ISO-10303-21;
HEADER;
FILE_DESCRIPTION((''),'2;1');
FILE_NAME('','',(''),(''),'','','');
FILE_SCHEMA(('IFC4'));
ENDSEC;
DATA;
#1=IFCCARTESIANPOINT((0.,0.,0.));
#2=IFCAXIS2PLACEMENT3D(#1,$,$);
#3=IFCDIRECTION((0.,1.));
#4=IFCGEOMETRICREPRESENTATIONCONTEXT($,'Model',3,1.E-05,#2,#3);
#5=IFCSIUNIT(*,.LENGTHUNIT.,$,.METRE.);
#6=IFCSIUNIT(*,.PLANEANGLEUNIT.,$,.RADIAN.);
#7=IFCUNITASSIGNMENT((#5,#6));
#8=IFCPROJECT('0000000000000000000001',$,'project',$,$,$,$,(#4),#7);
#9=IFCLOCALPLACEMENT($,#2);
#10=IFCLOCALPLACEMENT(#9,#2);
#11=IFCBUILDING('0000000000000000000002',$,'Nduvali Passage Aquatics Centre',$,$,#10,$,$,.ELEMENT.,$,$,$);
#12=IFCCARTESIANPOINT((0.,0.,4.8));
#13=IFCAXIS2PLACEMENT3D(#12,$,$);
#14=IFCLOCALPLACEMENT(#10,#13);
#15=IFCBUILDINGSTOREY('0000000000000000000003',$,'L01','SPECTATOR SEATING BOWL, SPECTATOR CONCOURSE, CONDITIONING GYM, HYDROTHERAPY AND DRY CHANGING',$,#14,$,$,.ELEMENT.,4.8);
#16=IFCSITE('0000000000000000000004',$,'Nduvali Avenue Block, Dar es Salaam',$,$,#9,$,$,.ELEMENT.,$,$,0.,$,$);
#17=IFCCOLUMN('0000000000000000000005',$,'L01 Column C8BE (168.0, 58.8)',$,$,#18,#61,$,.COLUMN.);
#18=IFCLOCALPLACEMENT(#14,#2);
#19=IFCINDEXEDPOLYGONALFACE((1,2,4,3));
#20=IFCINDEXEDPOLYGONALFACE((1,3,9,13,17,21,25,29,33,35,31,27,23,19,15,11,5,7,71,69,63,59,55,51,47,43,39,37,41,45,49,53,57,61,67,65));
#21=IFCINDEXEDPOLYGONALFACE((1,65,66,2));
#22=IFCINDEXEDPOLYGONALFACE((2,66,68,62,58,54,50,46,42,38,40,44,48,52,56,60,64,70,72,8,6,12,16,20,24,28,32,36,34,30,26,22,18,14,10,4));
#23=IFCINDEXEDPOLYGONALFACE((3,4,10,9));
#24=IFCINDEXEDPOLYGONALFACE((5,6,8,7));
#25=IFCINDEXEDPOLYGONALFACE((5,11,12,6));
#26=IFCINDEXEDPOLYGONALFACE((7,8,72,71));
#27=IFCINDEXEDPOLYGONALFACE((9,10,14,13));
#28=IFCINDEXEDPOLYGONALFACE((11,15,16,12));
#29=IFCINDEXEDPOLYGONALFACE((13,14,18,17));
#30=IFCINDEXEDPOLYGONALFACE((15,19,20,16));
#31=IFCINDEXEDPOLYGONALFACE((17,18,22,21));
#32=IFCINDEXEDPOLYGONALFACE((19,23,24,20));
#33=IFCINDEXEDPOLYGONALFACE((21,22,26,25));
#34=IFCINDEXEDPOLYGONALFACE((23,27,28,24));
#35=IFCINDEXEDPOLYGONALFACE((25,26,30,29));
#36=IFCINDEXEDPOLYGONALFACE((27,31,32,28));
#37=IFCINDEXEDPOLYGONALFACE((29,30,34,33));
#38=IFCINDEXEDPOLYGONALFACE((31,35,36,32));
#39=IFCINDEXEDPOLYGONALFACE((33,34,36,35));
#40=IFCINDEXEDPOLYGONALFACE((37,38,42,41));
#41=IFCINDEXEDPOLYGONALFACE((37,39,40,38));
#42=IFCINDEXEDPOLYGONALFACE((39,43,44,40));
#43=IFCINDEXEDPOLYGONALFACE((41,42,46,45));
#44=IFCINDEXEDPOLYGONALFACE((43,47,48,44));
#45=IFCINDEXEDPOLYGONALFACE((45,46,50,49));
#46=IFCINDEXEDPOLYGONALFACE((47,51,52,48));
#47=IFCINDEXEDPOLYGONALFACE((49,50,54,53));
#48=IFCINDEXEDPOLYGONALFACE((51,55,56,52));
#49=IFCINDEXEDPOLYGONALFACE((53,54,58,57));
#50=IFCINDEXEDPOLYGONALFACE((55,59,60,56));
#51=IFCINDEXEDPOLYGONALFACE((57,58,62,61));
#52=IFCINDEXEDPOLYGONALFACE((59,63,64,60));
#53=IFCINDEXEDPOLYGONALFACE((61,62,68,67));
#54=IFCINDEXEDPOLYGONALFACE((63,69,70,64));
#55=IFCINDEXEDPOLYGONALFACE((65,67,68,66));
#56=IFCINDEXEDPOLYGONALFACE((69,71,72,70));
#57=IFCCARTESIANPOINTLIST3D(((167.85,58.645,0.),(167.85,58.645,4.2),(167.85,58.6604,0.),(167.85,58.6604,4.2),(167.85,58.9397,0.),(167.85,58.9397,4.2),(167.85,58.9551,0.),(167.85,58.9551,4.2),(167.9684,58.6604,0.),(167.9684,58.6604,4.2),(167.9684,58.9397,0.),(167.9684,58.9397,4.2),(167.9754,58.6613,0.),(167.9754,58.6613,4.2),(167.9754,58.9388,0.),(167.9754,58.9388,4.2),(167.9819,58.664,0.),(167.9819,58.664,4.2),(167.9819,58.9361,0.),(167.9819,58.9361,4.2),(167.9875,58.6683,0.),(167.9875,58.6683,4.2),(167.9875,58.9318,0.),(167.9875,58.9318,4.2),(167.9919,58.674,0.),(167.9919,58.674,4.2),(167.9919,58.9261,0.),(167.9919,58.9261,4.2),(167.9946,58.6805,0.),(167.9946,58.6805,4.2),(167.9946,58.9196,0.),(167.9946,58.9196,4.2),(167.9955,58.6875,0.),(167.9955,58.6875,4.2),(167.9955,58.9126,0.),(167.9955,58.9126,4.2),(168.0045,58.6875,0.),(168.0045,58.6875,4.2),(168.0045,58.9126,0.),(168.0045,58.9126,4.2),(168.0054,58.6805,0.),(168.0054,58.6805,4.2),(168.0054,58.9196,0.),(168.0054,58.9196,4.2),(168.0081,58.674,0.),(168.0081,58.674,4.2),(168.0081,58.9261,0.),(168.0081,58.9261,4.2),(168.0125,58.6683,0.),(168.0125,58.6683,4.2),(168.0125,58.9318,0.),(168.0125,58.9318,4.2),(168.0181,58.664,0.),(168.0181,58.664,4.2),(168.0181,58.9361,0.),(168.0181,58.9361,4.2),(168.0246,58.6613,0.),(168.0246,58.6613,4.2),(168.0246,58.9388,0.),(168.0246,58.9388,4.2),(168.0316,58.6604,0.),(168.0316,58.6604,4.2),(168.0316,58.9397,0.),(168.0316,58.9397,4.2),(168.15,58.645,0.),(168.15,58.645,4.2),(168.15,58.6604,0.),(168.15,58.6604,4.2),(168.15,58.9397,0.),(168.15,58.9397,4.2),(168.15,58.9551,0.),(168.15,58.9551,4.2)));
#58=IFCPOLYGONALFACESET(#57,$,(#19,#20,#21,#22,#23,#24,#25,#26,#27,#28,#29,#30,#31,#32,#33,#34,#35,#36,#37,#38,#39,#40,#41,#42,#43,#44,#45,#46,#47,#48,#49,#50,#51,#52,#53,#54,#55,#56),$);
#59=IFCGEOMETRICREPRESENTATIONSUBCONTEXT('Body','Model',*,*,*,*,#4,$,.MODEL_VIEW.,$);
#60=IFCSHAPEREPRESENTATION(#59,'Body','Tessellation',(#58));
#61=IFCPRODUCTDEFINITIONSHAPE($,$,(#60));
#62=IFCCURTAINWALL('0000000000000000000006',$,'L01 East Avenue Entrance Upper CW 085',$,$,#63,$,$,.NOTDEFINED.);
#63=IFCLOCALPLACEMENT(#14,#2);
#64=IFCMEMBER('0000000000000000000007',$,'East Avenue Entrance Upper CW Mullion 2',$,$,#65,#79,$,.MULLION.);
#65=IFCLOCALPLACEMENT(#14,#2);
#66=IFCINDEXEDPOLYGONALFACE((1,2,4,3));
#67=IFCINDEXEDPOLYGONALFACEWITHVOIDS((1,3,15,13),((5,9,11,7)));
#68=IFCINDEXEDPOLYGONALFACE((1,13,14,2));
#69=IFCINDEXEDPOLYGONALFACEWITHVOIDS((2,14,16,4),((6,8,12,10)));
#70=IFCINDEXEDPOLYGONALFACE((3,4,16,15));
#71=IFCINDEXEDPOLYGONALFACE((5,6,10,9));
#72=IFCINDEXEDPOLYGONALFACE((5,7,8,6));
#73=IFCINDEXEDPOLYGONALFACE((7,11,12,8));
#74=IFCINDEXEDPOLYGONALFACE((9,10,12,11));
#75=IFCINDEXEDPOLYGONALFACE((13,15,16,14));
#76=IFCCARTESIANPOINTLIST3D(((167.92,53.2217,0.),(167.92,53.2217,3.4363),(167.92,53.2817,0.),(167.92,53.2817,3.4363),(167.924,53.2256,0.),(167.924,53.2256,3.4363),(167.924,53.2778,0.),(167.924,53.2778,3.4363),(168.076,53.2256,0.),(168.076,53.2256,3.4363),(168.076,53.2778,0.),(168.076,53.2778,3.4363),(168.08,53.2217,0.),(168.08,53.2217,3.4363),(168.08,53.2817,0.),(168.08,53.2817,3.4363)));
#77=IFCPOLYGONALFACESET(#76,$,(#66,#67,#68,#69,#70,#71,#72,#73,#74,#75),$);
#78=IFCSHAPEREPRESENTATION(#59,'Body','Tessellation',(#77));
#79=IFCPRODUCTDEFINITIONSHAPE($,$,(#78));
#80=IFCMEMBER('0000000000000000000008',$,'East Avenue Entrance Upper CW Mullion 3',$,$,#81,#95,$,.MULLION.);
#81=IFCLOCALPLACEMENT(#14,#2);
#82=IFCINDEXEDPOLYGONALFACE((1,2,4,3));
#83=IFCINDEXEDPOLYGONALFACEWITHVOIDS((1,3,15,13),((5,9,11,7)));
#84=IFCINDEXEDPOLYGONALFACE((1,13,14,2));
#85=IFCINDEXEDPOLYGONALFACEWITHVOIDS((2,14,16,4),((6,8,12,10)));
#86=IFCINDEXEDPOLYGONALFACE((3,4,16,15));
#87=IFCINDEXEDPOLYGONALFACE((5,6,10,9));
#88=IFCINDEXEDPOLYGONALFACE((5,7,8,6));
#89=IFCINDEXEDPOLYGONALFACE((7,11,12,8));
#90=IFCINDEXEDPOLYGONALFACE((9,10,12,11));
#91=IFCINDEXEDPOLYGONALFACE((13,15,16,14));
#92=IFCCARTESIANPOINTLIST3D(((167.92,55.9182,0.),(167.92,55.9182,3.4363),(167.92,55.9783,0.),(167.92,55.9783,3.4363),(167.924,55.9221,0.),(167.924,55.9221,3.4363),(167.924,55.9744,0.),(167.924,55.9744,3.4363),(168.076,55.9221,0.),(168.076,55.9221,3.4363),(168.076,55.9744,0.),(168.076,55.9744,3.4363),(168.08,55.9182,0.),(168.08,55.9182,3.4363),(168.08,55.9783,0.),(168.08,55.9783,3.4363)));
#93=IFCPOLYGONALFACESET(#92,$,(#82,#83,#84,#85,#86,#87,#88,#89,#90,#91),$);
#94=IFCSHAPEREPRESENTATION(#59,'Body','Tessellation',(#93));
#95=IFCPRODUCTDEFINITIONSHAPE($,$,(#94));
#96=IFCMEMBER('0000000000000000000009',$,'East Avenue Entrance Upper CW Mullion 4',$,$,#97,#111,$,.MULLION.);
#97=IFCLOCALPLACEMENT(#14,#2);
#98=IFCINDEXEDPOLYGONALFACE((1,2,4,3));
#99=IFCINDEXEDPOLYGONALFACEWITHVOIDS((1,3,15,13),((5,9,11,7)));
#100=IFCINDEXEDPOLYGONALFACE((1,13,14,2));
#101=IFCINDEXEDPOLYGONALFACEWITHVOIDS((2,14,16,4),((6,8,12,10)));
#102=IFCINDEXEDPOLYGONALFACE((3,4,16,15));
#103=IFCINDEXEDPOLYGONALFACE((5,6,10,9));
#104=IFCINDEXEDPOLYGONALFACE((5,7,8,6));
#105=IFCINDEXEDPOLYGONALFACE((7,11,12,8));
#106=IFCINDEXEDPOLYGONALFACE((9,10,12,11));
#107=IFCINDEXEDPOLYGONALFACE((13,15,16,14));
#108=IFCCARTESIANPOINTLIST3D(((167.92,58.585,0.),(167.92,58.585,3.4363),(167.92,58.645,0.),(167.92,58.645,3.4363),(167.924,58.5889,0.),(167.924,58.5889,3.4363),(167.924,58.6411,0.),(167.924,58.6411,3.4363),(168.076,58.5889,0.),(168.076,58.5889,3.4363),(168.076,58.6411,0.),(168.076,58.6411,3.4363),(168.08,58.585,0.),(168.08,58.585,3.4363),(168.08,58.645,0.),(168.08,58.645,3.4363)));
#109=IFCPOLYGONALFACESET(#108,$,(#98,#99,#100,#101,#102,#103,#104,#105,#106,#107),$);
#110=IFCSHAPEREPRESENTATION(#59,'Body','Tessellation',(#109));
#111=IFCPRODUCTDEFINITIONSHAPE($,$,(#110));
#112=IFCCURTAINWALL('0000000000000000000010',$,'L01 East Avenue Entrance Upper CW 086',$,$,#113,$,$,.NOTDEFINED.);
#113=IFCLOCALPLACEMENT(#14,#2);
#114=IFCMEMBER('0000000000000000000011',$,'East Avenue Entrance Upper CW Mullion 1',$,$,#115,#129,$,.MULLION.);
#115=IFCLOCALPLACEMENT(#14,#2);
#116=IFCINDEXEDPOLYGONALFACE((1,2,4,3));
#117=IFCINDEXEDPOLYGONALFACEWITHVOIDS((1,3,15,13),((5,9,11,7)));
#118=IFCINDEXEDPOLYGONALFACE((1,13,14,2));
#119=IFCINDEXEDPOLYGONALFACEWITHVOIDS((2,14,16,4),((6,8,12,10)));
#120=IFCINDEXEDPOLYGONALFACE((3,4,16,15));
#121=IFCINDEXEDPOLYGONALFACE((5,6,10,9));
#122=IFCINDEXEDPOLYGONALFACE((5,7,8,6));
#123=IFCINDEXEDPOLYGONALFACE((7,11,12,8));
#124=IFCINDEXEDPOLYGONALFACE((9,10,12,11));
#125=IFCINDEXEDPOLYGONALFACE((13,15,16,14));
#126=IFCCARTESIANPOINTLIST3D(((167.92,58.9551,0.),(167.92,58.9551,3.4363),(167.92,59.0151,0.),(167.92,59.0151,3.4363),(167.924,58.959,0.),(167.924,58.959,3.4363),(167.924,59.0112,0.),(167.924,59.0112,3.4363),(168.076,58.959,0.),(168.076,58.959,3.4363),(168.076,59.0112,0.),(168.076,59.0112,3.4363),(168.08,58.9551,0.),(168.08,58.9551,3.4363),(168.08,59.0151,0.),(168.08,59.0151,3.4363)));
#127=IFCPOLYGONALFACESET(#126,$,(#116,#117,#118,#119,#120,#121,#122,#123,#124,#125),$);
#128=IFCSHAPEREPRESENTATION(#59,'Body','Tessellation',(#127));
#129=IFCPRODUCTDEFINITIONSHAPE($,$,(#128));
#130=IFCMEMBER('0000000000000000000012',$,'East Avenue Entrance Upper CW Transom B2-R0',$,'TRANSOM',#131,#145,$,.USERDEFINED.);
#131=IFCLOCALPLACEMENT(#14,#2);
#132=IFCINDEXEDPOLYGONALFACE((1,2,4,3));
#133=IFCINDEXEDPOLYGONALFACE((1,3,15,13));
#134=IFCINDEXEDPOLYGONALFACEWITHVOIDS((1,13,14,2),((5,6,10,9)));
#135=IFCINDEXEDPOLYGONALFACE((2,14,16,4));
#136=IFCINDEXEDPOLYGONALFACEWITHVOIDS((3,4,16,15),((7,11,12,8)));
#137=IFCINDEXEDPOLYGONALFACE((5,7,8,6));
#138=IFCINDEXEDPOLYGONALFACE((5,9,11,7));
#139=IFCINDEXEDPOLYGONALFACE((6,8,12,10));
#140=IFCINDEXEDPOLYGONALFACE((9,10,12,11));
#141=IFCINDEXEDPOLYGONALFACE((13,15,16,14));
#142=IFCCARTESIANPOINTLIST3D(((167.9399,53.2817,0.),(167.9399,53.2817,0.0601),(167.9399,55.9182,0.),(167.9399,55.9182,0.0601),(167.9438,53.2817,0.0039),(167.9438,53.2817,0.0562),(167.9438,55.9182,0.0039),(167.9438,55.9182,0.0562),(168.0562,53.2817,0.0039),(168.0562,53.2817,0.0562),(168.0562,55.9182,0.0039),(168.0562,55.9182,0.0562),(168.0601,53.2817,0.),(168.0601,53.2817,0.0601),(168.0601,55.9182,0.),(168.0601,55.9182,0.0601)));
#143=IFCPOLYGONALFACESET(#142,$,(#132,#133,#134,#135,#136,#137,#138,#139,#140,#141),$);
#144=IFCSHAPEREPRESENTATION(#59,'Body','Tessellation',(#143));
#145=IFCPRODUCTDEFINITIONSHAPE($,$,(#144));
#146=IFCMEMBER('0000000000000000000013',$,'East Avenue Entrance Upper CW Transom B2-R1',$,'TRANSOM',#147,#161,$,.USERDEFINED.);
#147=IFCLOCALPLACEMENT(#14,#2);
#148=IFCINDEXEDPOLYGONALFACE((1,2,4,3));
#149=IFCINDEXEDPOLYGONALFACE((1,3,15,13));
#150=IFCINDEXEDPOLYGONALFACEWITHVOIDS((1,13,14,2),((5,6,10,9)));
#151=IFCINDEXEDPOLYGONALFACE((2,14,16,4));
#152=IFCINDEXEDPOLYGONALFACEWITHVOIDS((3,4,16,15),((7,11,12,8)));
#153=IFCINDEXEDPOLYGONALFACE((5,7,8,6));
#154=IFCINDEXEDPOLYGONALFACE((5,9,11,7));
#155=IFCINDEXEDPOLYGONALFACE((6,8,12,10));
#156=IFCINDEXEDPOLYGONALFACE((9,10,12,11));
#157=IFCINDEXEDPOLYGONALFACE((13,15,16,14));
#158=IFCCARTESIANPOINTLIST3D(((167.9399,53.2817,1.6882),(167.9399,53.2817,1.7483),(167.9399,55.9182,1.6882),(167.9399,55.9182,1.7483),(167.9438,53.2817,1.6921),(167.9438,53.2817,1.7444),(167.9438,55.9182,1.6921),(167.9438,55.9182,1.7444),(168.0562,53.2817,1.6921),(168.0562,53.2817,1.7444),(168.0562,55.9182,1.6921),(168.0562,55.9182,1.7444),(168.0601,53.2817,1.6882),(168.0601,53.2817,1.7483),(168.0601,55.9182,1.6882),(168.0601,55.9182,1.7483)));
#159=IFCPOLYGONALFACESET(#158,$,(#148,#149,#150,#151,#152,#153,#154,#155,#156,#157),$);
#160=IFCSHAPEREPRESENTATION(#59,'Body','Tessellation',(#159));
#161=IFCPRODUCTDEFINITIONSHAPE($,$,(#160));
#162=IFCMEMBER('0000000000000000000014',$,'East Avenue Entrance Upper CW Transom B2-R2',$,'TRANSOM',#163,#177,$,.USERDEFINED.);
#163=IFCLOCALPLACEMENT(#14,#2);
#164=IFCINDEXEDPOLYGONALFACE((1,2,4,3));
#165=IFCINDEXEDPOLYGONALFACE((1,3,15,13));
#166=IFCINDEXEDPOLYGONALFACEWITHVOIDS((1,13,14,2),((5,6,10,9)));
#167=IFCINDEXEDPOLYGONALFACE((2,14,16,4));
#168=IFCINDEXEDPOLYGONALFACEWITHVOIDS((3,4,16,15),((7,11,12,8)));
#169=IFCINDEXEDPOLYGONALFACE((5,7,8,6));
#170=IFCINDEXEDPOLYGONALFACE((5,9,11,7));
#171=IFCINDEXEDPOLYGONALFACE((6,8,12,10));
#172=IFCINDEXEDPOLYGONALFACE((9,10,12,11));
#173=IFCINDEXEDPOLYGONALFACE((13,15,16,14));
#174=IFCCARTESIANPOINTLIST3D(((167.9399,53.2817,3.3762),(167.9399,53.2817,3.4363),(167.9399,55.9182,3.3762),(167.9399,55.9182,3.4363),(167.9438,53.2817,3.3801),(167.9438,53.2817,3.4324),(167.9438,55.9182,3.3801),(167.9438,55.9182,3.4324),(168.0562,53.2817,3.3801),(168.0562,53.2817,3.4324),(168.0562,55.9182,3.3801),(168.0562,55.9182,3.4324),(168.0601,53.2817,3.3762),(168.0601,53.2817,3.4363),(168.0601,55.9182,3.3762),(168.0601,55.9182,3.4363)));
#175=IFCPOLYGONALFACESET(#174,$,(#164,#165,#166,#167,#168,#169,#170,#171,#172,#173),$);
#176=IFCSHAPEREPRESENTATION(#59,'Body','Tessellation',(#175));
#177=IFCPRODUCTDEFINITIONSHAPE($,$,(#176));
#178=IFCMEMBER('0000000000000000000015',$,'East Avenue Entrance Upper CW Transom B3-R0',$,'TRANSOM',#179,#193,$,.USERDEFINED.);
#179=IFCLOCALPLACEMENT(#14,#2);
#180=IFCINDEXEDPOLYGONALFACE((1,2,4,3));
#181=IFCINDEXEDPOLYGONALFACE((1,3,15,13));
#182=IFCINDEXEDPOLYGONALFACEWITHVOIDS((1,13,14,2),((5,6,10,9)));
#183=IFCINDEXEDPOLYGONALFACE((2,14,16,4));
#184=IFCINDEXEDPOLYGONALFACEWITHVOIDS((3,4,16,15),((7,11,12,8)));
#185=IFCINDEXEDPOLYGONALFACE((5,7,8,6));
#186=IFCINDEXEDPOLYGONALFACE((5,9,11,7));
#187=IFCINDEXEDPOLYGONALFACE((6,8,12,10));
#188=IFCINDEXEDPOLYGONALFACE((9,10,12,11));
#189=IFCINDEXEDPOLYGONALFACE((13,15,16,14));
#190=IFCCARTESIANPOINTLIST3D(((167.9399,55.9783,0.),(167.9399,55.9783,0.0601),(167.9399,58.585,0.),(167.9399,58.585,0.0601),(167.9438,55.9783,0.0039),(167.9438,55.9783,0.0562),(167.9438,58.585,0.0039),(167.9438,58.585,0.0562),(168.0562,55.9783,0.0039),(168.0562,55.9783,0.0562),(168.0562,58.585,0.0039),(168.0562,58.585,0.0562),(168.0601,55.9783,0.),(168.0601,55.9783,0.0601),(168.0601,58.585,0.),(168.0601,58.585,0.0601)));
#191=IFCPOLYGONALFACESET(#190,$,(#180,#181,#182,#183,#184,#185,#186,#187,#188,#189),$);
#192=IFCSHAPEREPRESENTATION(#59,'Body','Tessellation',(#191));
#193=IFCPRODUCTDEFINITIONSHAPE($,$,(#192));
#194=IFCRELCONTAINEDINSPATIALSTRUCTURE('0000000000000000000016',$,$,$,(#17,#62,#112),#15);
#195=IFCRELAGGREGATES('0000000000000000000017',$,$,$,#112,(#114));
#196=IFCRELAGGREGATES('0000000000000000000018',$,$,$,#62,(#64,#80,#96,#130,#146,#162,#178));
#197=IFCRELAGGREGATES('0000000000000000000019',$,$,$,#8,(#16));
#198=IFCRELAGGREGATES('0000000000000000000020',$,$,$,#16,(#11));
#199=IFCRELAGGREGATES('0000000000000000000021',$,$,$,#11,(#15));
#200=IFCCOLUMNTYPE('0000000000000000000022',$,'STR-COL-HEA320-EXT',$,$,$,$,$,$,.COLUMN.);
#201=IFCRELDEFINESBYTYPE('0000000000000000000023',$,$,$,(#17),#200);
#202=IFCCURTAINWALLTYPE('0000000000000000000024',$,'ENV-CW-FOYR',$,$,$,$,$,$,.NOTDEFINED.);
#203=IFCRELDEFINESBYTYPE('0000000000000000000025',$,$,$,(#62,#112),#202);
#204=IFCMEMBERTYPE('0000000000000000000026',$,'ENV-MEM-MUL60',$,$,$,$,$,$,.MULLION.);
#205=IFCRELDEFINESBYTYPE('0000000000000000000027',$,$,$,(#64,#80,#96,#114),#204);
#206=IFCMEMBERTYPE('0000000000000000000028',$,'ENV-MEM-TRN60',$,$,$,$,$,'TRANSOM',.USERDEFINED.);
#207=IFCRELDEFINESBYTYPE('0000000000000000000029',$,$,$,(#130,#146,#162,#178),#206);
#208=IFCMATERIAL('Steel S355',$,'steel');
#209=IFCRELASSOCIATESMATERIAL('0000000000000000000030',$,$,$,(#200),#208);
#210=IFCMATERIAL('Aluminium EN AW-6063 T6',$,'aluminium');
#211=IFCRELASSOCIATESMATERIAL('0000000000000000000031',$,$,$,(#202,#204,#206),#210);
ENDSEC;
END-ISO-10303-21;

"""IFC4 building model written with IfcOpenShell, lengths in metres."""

from ifc_helpers import new_model, si_unit, direction, frame, origin, origin_2d, place, context, subcontext, project, spatial, hollow_rectangle, i_section, extrude, material, material_profile, profile_set, type_object, element, aggregate, save


model = new_model("IFC4")

# Units and contexts
model_context = context("Model", 3, precision=1e-05, world=origin(), true_north=direction((0.0, 1.0)))
body_context = subcontext(model_context, "Body", "Model", "MODEL_VIEW")
ifc_project = project(units=[si_unit("LENGTHUNIT", "METRE"), si_unit("PLANEANGLEUNIT", "RADIAN")], contexts=[model_context])

# Site, building, storey
site_placement = place(None, origin())
site = spatial("IfcSite", under=ifc_project, at=site_placement, Name="Nduvali Avenue Block, Dar es Salaam", CompositionType="ELEMENT", RefElevation=0.0)
building_placement = place(site_placement, origin())
building = spatial("IfcBuilding", under=site, at=building_placement, Name="Nduvali Passage Aquatics Centre", CompositionType="ELEMENT")
storey_placement = place(building_placement, frame((0.0, 0.0, 4.8)))
storey = spatial("IfcBuildingStorey", under=building, at=storey_placement, Name="L01", Description="SPECTATOR SEATING BOWL, SPECTATOR CONCOURSE, CONDITIONING GYM, HYDROTHERAPY AND DRY CHANGING", CompositionType="ELEMENT", Elevation=4.8)

# Column
ifc_material_1 = material(Name="Steel S355", Category="steel")
ifc_material_profile_1 = material_profile(ifc_material_1, i_section(OverallWidth=0.3, OverallDepth=0.3101, WebThickness=0.009, FlangeThickness=0.0154, FilletRadius=0.0271, at=origin_2d()), Name="HEA 320")
ifc_profile_set_1 = profile_set([ifc_material_profile_1], Name="Steel S355")
column_type = type_object("IfcColumnType", Name="STR-COL-HEA320-EXT", PredefinedType="COLUMN", material=ifc_profile_set_1)
column_placement = place(storey_placement, frame((168.0, 58.8, 0.0), z_axis=(0.0, 0.0, 1.0), x_axis=(1.0, 0.0, 0.0)))
element("IfcColumn", 1, at=column_placement, inside=storey, type_object=column_type, Name="L01 Column C8BE (168.0, 58.8)", PredefinedType="COLUMN", context=body_context, shape_type="SweptSolid", body=[
    extrude(i_section(OverallWidth=0.3, OverallDepth=0.3101, WebThickness=0.009, FlangeThickness=0.0154, FilletRadius=0.0271, at=origin_2d()), origin(), (0.0, 0.0, 1.0), 4.2),
])

# Curtain wall, members
ifc_material_2 = material(Name="Aluminium EN AW-6063 T6", Category="aluminium")
curtain_wall_type = type_object("IfcCurtainWallType", Name="ENV-CW-FOYR", PredefinedType="NOTDEFINED", material=ifc_material_2)
curtain_wall_1_placement = place(storey_placement, origin())
curtain_wall_1 = element("IfcCurtainWall", 2, at=curtain_wall_1_placement, inside=storey, type_object=curtain_wall_type, Name="L01 East Avenue Entrance Upper CW 085", PredefinedType="NOTDEFINED")
ifc_material_profile_2 = material_profile(ifc_material_2, hollow_rectangle(XDim=0.0601, YDim=0.1599, WallThickness=0.0039, at=origin_2d()), Name="ALU MULLION 60x160x4")
ifc_profile_set_2 = profile_set([ifc_material_profile_2], Name="Aluminium EN AW-6063 T6")
member_type_1 = type_object("IfcMemberType", Name="ENV-MEM-MUL60", PredefinedType="MULLION", material=ifc_profile_set_2)
member_1_placement = place(storey_placement, frame((168.0, 53.2517, 0.0), z_axis=(0.0, 0.0, 1.0), x_axis=(0.0, 1.0, 0.0)))
member_1 = element("IfcMember", 3, at=member_1_placement, type_object=member_type_1, Name="East Avenue Entrance Upper CW Mullion 2", PredefinedType="MULLION", context=body_context, shape_type="SweptSolid", body=[
    extrude(hollow_rectangle(XDim=0.0601, YDim=0.1599, WallThickness=0.0039, at=origin_2d()), origin(), (0.0, 0.0, 1.0), 3.4363),
])
member_2_placement = place(storey_placement, frame((168.0, 55.9482, 0.0), z_axis=(0.0, 0.0, 1.0), x_axis=(0.0, 1.0, 0.0)))
member_2 = element("IfcMember", 4, at=member_2_placement, type_object=member_type_1, Name="East Avenue Entrance Upper CW Mullion 3", PredefinedType="MULLION", context=body_context, shape_type="SweptSolid", body=[
    extrude(hollow_rectangle(XDim=0.0601, YDim=0.1599, WallThickness=0.0039, at=origin_2d()), origin(), (0.0, 0.0, 1.0), 3.4363),
])
member_3_placement = place(storey_placement, frame((168.0, 58.615, 0.0), z_axis=(0.0, 0.0, 1.0), x_axis=(0.0, 1.0, 0.0)))
member_3 = element("IfcMember", 5, at=member_3_placement, type_object=member_type_1, Name="East Avenue Entrance Upper CW Mullion 4", PredefinedType="MULLION", context=body_context, shape_type="SweptSolid", body=[
    extrude(hollow_rectangle(XDim=0.0601, YDim=0.1599, WallThickness=0.0039, at=origin_2d()), origin(), (0.0, 0.0, 1.0), 3.4363),
])

# Curtain wall, member
curtain_wall_2_placement = place(storey_placement, origin())
curtain_wall_2 = element("IfcCurtainWall", 6, at=curtain_wall_2_placement, inside=storey, type_object=curtain_wall_type, Name="L01 East Avenue Entrance Upper CW 086", PredefinedType="NOTDEFINED")
member_4_placement = place(storey_placement, frame((168.0, 58.9851, 0.0), z_axis=(0.0, 0.0, 1.0), x_axis=(0.0, 1.0, 0.0)))
member_4 = element("IfcMember", 7, at=member_4_placement, type_object=member_type_1, Name="East Avenue Entrance Upper CW Mullion 1", PredefinedType="MULLION", context=body_context, shape_type="SweptSolid", body=[
    extrude(hollow_rectangle(XDim=0.0601, YDim=0.1599, WallThickness=0.0039, at=origin_2d()), origin(), (0.0, 0.0, 1.0), 3.4363),
])

# Members
ifc_material_profile_3 = material_profile(ifc_material_2, hollow_rectangle(XDim=0.1201, YDim=0.0601, WallThickness=0.0039, at=origin_2d()), Name="ALU TRANSOM 120x60x4")
ifc_profile_set_3 = profile_set([ifc_material_profile_3], Name="Aluminium EN AW-6063 T6")
member_type_2 = type_object("IfcMemberType", Name="ENV-MEM-TRN60", ElementType="TRANSOM", PredefinedType="USERDEFINED", material=ifc_profile_set_3)
member_5_placement = place(storey_placement, frame((168.0, 53.2817, 0.03), z_axis=(0.0, 1.0, 0.0), x_axis=(-1.0, 0.0, 0.0)))
member_5 = element("IfcMember", 8, at=member_5_placement, type_object=member_type_2, Name="East Avenue Entrance Upper CW Transom B2-R0", ObjectType="TRANSOM", PredefinedType="USERDEFINED", context=body_context, shape_type="SweptSolid", body=[
    extrude(hollow_rectangle(XDim=0.1201, YDim=0.0601, WallThickness=0.0039, at=origin_2d()), origin(), (0.0, 0.0, 1.0), 2.6365),
])
member_6_placement = place(storey_placement, frame((168.0, 53.2817, 1.7183), z_axis=(0.0, 1.0, 0.0), x_axis=(-1.0, 0.0, 0.0)))
member_6 = element("IfcMember", 9, at=member_6_placement, type_object=member_type_2, Name="East Avenue Entrance Upper CW Transom B2-R1", ObjectType="TRANSOM", PredefinedType="USERDEFINED", context=body_context, shape_type="SweptSolid", body=[
    extrude(hollow_rectangle(XDim=0.1201, YDim=0.0601, WallThickness=0.0039, at=origin_2d()), origin(), (0.0, 0.0, 1.0), 2.6365),
])
member_7_placement = place(storey_placement, frame((168.0, 53.2817, 3.4062), z_axis=(0.0, 1.0, 0.0), x_axis=(-1.0, 0.0, 0.0)))
member_7 = element("IfcMember", 10, at=member_7_placement, type_object=member_type_2, Name="East Avenue Entrance Upper CW Transom B2-R2", ObjectType="TRANSOM", PredefinedType="USERDEFINED", context=body_context, shape_type="SweptSolid", body=[
    extrude(hollow_rectangle(XDim=0.1201, YDim=0.0601, WallThickness=0.0039, at=origin_2d()), origin(), (0.0, 0.0, 1.0), 2.6365),
])
member_8_placement = place(storey_placement, frame((168.0, 55.9783, 0.03), z_axis=(0.0, 1.0, 0.0), x_axis=(-1.0, 0.0, 0.0)))
member_8 = element("IfcMember", 11, at=member_8_placement, type_object=member_type_2, Name="East Avenue Entrance Upper CW Transom B3-R0", ObjectType="TRANSOM", PredefinedType="USERDEFINED", context=body_context, shape_type="SweptSolid", body=[
    extrude(hollow_rectangle(XDim=0.1201, YDim=0.0601, WallThickness=0.0039, at=origin_2d()), origin(), (0.0, 0.0, 1.0), 2.6067),
])
aggregate(curtain_wall_2, [member_4])

aggregate(curtain_wall_1, [member_1, member_2, member_3, member_5, member_6, member_7, member_8])

save(model, "model.ifc")
